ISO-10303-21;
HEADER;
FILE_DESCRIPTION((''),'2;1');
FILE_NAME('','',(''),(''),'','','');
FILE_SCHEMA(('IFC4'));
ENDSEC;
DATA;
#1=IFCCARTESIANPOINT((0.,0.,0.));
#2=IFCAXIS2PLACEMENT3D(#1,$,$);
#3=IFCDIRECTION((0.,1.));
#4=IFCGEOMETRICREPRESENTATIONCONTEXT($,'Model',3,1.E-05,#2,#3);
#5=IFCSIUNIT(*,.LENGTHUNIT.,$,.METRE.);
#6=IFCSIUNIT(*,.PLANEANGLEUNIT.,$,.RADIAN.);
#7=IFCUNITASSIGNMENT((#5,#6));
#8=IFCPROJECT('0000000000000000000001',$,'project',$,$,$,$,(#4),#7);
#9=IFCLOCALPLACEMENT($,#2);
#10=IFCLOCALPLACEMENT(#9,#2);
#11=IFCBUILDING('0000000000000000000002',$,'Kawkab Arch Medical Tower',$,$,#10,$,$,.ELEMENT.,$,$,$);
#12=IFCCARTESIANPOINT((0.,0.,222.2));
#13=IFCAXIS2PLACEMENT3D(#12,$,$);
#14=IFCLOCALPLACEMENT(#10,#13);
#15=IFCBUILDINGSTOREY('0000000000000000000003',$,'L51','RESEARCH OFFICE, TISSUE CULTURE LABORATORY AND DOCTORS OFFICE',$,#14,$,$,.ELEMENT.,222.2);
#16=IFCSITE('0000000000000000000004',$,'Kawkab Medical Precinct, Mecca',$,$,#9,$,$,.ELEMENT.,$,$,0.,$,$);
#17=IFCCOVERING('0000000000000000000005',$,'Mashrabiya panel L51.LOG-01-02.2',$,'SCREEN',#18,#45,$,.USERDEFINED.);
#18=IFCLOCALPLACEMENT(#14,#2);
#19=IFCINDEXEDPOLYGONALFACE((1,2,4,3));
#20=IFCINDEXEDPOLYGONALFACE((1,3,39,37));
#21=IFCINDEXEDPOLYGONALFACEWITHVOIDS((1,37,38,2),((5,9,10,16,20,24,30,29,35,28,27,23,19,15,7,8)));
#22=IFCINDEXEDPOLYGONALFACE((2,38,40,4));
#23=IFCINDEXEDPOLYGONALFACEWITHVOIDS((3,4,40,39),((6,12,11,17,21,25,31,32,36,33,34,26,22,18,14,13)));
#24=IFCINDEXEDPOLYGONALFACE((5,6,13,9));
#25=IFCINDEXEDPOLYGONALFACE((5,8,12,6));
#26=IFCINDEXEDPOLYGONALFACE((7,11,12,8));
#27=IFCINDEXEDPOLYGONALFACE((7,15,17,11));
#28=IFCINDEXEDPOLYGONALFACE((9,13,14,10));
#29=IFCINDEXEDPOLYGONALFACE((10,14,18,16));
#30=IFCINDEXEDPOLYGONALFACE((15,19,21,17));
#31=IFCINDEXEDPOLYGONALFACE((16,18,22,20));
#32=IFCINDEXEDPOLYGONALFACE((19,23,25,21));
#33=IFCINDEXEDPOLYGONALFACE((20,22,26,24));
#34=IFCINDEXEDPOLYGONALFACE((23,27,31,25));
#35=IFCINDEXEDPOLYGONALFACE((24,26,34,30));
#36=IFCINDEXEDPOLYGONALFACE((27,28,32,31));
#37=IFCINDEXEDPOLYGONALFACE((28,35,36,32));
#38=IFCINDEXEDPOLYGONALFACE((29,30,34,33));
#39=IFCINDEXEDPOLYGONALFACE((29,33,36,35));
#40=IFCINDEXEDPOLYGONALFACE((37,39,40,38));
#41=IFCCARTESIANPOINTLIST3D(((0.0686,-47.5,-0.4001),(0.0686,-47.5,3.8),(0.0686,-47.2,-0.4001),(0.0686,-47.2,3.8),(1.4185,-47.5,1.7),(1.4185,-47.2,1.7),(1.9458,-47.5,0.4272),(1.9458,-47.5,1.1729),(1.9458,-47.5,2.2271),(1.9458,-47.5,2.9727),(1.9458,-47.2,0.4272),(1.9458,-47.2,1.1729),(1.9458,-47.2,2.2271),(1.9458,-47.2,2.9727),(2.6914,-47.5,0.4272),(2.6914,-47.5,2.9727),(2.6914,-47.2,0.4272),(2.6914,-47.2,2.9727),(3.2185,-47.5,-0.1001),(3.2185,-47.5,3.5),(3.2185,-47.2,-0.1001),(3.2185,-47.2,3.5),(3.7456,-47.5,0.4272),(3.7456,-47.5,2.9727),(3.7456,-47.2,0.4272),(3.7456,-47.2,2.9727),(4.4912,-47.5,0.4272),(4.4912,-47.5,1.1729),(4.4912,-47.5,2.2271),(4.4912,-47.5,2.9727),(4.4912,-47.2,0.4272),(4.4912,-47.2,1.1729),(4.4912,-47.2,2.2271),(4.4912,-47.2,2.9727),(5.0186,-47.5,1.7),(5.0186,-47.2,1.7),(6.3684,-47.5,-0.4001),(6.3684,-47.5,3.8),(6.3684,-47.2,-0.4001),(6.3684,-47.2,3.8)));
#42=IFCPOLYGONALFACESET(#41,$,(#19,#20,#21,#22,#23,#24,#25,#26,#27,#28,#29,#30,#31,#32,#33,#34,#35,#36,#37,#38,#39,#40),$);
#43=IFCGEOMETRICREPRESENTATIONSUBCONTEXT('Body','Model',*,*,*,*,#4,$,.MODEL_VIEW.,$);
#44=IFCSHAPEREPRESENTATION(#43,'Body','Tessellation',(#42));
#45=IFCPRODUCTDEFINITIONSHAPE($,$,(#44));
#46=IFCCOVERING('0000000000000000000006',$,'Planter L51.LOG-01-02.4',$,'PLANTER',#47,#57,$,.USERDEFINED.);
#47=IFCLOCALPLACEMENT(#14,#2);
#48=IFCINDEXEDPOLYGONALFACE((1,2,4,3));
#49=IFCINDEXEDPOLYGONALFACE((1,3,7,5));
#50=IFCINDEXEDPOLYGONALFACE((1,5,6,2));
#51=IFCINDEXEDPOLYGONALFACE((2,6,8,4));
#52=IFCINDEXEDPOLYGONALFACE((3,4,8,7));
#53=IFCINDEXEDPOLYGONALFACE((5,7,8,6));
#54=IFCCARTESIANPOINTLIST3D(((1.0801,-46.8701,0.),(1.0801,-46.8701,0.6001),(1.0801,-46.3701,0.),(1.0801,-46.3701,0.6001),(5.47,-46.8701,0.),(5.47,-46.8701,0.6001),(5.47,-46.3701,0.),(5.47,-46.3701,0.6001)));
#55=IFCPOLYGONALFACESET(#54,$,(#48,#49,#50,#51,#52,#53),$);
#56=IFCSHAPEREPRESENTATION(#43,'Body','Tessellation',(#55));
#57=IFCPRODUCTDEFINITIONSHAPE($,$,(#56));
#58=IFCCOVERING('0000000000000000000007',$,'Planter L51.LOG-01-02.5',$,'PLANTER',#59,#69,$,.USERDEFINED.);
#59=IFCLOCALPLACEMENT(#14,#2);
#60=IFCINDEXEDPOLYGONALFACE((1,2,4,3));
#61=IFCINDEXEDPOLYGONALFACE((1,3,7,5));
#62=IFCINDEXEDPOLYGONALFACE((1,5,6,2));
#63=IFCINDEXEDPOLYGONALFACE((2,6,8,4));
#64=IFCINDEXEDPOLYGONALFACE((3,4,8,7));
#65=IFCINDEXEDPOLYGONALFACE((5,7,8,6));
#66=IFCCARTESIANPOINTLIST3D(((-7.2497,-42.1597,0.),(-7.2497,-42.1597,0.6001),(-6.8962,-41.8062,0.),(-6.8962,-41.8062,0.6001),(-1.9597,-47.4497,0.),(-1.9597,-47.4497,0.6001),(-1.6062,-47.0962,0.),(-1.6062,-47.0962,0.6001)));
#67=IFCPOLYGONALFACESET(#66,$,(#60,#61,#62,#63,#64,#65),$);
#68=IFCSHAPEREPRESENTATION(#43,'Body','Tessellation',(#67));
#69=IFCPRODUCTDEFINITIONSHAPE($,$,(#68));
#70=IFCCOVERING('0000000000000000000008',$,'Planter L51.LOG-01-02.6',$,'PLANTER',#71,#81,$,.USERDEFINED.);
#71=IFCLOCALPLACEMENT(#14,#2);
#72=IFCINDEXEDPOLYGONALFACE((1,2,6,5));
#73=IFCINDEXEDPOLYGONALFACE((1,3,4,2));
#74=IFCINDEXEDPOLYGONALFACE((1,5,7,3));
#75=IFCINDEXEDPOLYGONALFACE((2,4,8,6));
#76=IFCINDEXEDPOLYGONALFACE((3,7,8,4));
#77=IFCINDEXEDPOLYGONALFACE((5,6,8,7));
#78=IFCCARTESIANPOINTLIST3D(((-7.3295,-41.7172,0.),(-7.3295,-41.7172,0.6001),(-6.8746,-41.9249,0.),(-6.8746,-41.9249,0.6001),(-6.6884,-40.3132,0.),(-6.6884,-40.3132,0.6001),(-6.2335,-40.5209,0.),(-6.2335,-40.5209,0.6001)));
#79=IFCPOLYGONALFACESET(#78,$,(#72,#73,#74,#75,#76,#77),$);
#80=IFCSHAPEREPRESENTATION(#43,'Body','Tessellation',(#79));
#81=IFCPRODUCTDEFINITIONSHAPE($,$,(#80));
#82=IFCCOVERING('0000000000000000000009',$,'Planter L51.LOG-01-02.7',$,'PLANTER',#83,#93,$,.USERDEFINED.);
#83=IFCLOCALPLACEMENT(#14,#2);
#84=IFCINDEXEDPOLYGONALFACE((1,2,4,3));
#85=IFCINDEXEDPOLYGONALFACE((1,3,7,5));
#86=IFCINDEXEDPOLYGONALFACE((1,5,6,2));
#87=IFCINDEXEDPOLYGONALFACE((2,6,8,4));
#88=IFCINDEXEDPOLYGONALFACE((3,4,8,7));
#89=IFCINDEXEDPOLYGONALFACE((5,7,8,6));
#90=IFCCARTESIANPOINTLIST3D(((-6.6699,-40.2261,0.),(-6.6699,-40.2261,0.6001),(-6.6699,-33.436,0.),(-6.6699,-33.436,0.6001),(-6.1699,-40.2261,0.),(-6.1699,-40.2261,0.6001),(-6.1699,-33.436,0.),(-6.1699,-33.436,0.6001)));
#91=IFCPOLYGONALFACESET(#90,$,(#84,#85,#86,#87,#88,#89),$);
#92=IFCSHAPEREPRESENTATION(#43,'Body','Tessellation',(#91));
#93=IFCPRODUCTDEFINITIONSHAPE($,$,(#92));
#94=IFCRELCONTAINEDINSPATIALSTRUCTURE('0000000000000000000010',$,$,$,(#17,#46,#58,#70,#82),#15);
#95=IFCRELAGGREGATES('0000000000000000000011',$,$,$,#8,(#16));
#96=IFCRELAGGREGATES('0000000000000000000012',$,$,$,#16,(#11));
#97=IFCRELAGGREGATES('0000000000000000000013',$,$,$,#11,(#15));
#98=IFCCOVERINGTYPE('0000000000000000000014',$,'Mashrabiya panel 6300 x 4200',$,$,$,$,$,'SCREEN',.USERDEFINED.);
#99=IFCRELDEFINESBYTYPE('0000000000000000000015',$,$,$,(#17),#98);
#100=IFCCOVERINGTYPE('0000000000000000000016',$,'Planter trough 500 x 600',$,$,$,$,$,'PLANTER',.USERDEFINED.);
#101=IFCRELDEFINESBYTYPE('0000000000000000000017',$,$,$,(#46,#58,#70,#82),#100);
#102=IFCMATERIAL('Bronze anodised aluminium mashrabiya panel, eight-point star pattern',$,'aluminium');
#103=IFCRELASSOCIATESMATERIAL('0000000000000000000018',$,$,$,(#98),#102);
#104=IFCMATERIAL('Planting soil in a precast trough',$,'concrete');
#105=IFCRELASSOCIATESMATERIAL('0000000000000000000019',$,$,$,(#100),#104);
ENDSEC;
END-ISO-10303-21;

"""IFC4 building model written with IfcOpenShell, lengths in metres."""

from ifc_helpers import new_model, si_unit, direction, frame, origin, origin_2d, place, context, subcontext, project, spatial, polyline, rectangle, outline, extrude, material, material_profile, profile_set, type_object, element, save


model = new_model("IFC4")

# Units and contexts
model_context = context("Model", 3, precision=1e-05, world=origin(), true_north=direction((0.0, 1.0)))
body_context = subcontext(model_context, "Body", "Model", "MODEL_VIEW")
ifc_project = project(units=[si_unit("LENGTHUNIT", "METRE"), si_unit("PLANEANGLEUNIT", "RADIAN")], contexts=[model_context])

# Site, building, storey
site_placement = place(None, origin())
site = spatial("IfcSite", under=ifc_project, at=site_placement, Name="Kawkab Medical Precinct, Mecca", CompositionType="ELEMENT", RefElevation=0.0)
building_placement = place(site_placement, origin())
building = spatial("IfcBuilding", under=site, at=building_placement, Name="Kawkab Arch Medical Tower", CompositionType="ELEMENT")
storey_placement = place(building_placement, frame((0.0, 0.0, 222.2)))
storey = spatial("IfcBuildingStorey", under=building, at=storey_placement, Name="L51", Description="RESEARCH OFFICE, TISSUE CULTURE LABORATORY AND DOCTORS OFFICE", CompositionType="ELEMENT", Elevation=222.2)

# Coverings
ifc_material_1 = material(Name="Bronze anodised aluminium mashrabiya panel, eight-point star pattern", Category="aluminium")
ifc_material_profile_1 = material_profile(ifc_material_1, outline(polyline([(-3.1499, -2.1001), (3.1499, -2.1001), (3.1499, 2.1001), (-3.1499, 2.1001), (-3.1499, -2.1001)]), holes=[polyline([(1.8, 0.0), (1.2727, 0.5271), (1.2727, 1.2727), (0.5271, 1.2727), (0.0, 1.8), (-0.5271, 1.2727), (-1.2727, 1.2727), (-1.2727, 0.5271), (-1.8, 0.0), (-1.2727, -0.5271), (-1.2727, -1.2727), (-0.5271, -1.2727), (0.0, -1.8), (0.5271, -1.2727), (1.2727, -1.2727), (1.2727, -0.5271), (1.8, 0.0)])]), Name="Mashrabiya panel 6300x4200")
ifc_profile_set_1 = profile_set([ifc_material_profile_1], Name="Bronze anodised aluminium mashrabiya panel, eight-point star pattern")
covering_type_1 = type_object("IfcCoveringType", Name="Mashrabiya panel 6300 x 4200", ElementType="SCREEN", PredefinedType="USERDEFINED", material=ifc_profile_set_1)
covering_1_placement = place(storey_placement, frame((3.2185, -47.2, 1.7), z_axis=(0.0, -1.0, 0.0), x_axis=(1.0, 0.0, 0.0)))
element("IfcCovering", 1, at=covering_1_placement, inside=storey, type_object=covering_type_1, Name="Mashrabiya panel L51.LOG-01-02.2", ObjectType="SCREEN", PredefinedType="USERDEFINED", context=body_context, shape_type="SweptSolid", body=[
    extrude(outline(polyline([(-3.1499, -2.1001), (3.1499, -2.1001), (3.1499, 2.1001), (-3.1499, 2.1001), (-3.1499, -2.1001)]), holes=[polyline([(1.8, 0.0), (1.2727, 0.5271), (1.2727, 1.2727), (0.5271, 1.2727), (0.0, 1.8), (-0.5271, 1.2727), (-1.2727, 1.2727), (-1.2727, 0.5271), (-1.8, 0.0), (-1.2727, -0.5271), (-1.2727, -1.2727), (-0.5271, -1.2727), (0.0, -1.8), (0.5271, -1.2727), (1.2727, -1.2727), (1.2727, -0.5271), (1.8, 0.0)])]), origin(), (0.0, 0.0, 1.0), 0.3),
])
ifc_material_2 = material(Name="Planting soil in a precast trough", Category="concrete")
ifc_material_profile_2 = material_profile(ifc_material_2, rectangle(XDim=0.5, YDim=0.6001, at=origin_2d()), Name="Trough 500x600")
ifc_profile_set_2 = profile_set([ifc_material_profile_2], Name="Planting soil in a precast trough")
covering_type_2 = type_object("IfcCoveringType", Name="Planter trough 500 x 600", ElementType="PLANTER", PredefinedType="USERDEFINED", material=ifc_profile_set_2)
covering_2_placement = place(storey_placement, frame((5.47, -46.6201, 0.3), z_axis=(-1.0, 0.0, 0.0), x_axis=(0.0, -1.0, 0.0)))
element("IfcCovering", 2, at=covering_2_placement, inside=storey, type_object=covering_type_2, Name="Planter L51.LOG-01-02.4", ObjectType="PLANTER", PredefinedType="USERDEFINED", context=body_context, shape_type="SweptSolid", body=[
    extrude(rectangle(XDim=0.5, YDim=0.6001, at=origin_2d()), origin(), (0.0, 0.0, 1.0), 4.3899),
])
covering_3_placement = place(storey_placement, frame((-1.783, -47.2729, 0.3), z_axis=(-0.707107, 0.707107, 0.0), x_axis=(-0.707107, -0.707107, 0.0)))
element("IfcCovering", 3, at=covering_3_placement, inside=storey, type_object=covering_type_2, Name="Planter L51.LOG-01-02.5", ObjectType="PLANTER", PredefinedType="USERDEFINED", context=body_context, shape_type="SweptSolid", body=[
    extrude(rectangle(XDim=0.5, YDim=0.6001, at=origin_2d()), origin(), (0.0, 0.0, 1.0), 7.4812),
])
covering_4_placement = place(storey_placement, frame((-7.1021, -41.821, 0.3), z_axis=(0.415363, 0.909656, 0.0), x_axis=(-0.909656, 0.415363, 0.0)))
element("IfcCovering", 4, at=covering_4_placement, inside=storey, type_object=covering_type_2, Name="Planter L51.LOG-01-02.6", ObjectType="PLANTER", PredefinedType="USERDEFINED", context=body_context, shape_type="SweptSolid", body=[
    extrude(rectangle(XDim=0.5, YDim=0.6001, at=origin_2d()), origin(), (0.0, 0.0, 1.0), 1.5435),
])
covering_5_placement = place(storey_placement, frame((-6.4199, -40.2261, 0.3), z_axis=(0.0, 1.0, 0.0), x_axis=(-1.0, 0.0, 0.0)))
element("IfcCovering", 5, at=covering_5_placement, inside=storey, type_object=covering_type_2, Name="Planter L51.LOG-01-02.7", ObjectType="PLANTER", PredefinedType="USERDEFINED", context=body_context, shape_type="SweptSolid", body=[
    extrude(rectangle(XDim=0.5, YDim=0.6001, at=origin_2d()), origin(), (0.0, 0.0, 1.0), 6.79),
])

save(model, "model.ifc")
